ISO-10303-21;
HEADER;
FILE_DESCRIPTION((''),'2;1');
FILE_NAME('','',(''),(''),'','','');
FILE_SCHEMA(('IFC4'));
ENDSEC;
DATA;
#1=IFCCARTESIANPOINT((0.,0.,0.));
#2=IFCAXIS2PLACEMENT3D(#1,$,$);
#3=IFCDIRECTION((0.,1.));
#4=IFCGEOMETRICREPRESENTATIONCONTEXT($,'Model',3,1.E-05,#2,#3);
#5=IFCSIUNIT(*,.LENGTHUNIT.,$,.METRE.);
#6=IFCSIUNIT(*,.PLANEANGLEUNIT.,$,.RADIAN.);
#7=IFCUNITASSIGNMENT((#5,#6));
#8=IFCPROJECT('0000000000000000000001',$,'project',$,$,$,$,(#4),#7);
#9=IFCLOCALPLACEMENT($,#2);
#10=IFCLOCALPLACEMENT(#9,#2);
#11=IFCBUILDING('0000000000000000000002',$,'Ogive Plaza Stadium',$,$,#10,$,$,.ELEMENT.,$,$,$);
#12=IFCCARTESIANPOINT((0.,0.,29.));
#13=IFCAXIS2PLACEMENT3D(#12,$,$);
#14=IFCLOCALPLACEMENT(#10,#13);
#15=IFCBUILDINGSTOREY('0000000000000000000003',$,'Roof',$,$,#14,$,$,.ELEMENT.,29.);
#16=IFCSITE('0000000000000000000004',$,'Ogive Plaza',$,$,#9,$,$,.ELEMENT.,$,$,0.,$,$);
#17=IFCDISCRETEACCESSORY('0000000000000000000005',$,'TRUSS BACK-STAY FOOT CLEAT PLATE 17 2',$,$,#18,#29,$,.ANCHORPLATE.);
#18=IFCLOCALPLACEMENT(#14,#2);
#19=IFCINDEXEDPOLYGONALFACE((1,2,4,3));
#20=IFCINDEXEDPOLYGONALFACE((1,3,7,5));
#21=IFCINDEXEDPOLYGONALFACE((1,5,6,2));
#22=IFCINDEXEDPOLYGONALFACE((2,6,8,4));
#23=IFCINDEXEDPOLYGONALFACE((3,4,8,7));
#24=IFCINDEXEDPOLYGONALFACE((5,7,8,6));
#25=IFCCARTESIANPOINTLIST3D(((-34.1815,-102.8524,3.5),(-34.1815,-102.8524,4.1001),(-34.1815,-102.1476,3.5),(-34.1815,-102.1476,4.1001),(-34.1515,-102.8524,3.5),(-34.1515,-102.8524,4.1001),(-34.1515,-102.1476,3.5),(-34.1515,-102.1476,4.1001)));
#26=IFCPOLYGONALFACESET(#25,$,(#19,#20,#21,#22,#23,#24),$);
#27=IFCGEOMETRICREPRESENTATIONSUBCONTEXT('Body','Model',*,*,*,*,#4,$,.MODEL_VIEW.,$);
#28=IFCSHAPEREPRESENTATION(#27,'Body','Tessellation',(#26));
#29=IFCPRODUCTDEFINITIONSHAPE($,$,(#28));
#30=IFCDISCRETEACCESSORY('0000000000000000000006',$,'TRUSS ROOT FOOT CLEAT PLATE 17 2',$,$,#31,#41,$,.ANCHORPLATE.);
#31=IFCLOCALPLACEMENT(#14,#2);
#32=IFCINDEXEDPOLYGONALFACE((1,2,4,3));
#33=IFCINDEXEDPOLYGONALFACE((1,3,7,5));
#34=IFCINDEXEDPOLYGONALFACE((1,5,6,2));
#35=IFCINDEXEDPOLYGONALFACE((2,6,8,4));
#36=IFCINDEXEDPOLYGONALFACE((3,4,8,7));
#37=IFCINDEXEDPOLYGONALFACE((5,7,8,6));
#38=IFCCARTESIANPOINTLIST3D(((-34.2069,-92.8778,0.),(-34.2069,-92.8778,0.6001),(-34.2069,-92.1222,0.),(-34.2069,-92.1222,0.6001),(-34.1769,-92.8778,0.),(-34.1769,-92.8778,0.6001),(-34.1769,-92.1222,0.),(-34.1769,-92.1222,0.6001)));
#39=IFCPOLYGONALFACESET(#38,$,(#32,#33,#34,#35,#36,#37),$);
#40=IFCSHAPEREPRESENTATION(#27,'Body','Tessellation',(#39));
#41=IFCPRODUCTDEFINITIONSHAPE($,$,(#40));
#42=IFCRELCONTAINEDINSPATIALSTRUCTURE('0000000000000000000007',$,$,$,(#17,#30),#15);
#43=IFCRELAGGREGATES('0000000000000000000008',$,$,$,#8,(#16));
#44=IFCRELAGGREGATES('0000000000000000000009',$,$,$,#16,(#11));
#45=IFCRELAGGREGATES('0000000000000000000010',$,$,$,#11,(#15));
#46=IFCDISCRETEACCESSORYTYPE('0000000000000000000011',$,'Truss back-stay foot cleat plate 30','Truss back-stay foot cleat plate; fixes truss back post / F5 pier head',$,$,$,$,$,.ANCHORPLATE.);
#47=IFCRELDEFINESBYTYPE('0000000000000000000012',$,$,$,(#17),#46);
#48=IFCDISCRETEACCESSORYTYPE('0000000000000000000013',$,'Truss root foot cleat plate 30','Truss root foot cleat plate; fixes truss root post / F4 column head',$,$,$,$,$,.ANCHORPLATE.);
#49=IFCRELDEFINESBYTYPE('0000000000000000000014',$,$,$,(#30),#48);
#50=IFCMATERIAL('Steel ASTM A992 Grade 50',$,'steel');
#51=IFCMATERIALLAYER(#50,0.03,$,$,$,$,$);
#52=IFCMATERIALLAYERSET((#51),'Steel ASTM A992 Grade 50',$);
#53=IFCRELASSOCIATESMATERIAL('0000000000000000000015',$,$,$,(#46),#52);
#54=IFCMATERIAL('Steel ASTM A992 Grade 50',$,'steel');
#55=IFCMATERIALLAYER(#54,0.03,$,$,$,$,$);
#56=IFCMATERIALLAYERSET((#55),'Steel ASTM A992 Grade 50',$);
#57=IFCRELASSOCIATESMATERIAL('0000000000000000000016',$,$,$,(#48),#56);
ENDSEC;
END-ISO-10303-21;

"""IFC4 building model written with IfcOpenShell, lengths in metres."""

from ifc_helpers import new_model, si_unit, direction, frame, origin, origin_2d, place, context, subcontext, project, spatial, rectangle, extrude, material, layer, layer_set, type_object, element, save


model = new_model("IFC4")

# Units and contexts
model_context = context("Model", 3, precision=1e-05, world=origin(), true_north=direction((0.0, 1.0)))
body_context = subcontext(model_context, "Body", "Model", "MODEL_VIEW")
ifc_project = project(units=[si_unit("LENGTHUNIT", "METRE"), si_unit("PLANEANGLEUNIT", "RADIAN")], contexts=[model_context])

# Site, building, storey
site_placement = place(None, origin())
site = spatial("IfcSite", under=ifc_project, at=site_placement, Name="Ogive Plaza", CompositionType="ELEMENT", RefElevation=0.0)
building_placement = place(site_placement, origin())
building = spatial("IfcBuilding", under=site, at=building_placement, Name="Ogive Plaza Stadium", CompositionType="ELEMENT")
storey_placement = place(building_placement, frame((0.0, 0.0, 29.0)))
storey = spatial("IfcBuildingStorey", under=building, at=storey_placement, Name="Roof", CompositionType="ELEMENT", Elevation=29.0)

# Discrete accessories
ifc_material_1 = material(Name="Steel ASTM A992 Grade 50", Category="steel")
ifc_layer_1 = layer(ifc_material_1, 0.03)
ifc_layer_set_1 = layer_set([ifc_layer_1], Name="Steel ASTM A992 Grade 50")
discrete_accessory_type_1 = type_object("IfcDiscreteAccessoryType", Name="Truss back-stay foot cleat plate 30", Description="Truss back-stay foot cleat plate; fixes truss back post / F5 pier head", PredefinedType="ANCHORPLATE", material=ifc_layer_set_1)
discrete_accessory_1_placement = place(storey_placement, frame((-34.1665, -102.5, 3.5), z_axis=(0.0, 0.0, 1.0), x_axis=(0.0, -1.0, 0.0)))
element("IfcDiscreteAccessory", 1, at=discrete_accessory_1_placement, inside=storey, type_object=discrete_accessory_type_1, Name="TRUSS BACK-STAY FOOT CLEAT PLATE 17 2", PredefinedType="ANCHORPLATE", context=body_context, shape_type="SweptSolid", body=[
    extrude(rectangle(XDim=0.7048, YDim=0.03, at=origin_2d()), origin(), (0.0, 0.0, 1.0), 0.6001),
])
ifc_material_2 = material(Name="Steel ASTM A992 Grade 50", Category="steel")
ifc_layer_2 = layer(ifc_material_2, 0.03)
ifc_layer_set_2 = layer_set([ifc_layer_2], Name="Steel ASTM A992 Grade 50")
discrete_accessory_type_2 = type_object("IfcDiscreteAccessoryType", Name="Truss root foot cleat plate 30", Description="Truss root foot cleat plate; fixes truss root post / F4 column head", PredefinedType="ANCHORPLATE", material=ifc_layer_set_2)
discrete_accessory_2_placement = place(storey_placement, frame((-34.1919, -92.5, 0.0), z_axis=(0.0, 0.0, 1.0), x_axis=(0.0, -1.0, 0.0)))
element("IfcDiscreteAccessory", 2, at=discrete_accessory_2_placement, inside=storey, type_object=discrete_accessory_type_2, Name="TRUSS ROOT FOOT CLEAT PLATE 17 2", PredefinedType="ANCHORPLATE", context=body_context, shape_type="SweptSolid", body=[
    extrude(rectangle(XDim=0.7556, YDim=0.03, at=origin_2d()), origin(), (0.0, 0.0, 1.0), 0.6001),
])

save(model, "model.ifc")
